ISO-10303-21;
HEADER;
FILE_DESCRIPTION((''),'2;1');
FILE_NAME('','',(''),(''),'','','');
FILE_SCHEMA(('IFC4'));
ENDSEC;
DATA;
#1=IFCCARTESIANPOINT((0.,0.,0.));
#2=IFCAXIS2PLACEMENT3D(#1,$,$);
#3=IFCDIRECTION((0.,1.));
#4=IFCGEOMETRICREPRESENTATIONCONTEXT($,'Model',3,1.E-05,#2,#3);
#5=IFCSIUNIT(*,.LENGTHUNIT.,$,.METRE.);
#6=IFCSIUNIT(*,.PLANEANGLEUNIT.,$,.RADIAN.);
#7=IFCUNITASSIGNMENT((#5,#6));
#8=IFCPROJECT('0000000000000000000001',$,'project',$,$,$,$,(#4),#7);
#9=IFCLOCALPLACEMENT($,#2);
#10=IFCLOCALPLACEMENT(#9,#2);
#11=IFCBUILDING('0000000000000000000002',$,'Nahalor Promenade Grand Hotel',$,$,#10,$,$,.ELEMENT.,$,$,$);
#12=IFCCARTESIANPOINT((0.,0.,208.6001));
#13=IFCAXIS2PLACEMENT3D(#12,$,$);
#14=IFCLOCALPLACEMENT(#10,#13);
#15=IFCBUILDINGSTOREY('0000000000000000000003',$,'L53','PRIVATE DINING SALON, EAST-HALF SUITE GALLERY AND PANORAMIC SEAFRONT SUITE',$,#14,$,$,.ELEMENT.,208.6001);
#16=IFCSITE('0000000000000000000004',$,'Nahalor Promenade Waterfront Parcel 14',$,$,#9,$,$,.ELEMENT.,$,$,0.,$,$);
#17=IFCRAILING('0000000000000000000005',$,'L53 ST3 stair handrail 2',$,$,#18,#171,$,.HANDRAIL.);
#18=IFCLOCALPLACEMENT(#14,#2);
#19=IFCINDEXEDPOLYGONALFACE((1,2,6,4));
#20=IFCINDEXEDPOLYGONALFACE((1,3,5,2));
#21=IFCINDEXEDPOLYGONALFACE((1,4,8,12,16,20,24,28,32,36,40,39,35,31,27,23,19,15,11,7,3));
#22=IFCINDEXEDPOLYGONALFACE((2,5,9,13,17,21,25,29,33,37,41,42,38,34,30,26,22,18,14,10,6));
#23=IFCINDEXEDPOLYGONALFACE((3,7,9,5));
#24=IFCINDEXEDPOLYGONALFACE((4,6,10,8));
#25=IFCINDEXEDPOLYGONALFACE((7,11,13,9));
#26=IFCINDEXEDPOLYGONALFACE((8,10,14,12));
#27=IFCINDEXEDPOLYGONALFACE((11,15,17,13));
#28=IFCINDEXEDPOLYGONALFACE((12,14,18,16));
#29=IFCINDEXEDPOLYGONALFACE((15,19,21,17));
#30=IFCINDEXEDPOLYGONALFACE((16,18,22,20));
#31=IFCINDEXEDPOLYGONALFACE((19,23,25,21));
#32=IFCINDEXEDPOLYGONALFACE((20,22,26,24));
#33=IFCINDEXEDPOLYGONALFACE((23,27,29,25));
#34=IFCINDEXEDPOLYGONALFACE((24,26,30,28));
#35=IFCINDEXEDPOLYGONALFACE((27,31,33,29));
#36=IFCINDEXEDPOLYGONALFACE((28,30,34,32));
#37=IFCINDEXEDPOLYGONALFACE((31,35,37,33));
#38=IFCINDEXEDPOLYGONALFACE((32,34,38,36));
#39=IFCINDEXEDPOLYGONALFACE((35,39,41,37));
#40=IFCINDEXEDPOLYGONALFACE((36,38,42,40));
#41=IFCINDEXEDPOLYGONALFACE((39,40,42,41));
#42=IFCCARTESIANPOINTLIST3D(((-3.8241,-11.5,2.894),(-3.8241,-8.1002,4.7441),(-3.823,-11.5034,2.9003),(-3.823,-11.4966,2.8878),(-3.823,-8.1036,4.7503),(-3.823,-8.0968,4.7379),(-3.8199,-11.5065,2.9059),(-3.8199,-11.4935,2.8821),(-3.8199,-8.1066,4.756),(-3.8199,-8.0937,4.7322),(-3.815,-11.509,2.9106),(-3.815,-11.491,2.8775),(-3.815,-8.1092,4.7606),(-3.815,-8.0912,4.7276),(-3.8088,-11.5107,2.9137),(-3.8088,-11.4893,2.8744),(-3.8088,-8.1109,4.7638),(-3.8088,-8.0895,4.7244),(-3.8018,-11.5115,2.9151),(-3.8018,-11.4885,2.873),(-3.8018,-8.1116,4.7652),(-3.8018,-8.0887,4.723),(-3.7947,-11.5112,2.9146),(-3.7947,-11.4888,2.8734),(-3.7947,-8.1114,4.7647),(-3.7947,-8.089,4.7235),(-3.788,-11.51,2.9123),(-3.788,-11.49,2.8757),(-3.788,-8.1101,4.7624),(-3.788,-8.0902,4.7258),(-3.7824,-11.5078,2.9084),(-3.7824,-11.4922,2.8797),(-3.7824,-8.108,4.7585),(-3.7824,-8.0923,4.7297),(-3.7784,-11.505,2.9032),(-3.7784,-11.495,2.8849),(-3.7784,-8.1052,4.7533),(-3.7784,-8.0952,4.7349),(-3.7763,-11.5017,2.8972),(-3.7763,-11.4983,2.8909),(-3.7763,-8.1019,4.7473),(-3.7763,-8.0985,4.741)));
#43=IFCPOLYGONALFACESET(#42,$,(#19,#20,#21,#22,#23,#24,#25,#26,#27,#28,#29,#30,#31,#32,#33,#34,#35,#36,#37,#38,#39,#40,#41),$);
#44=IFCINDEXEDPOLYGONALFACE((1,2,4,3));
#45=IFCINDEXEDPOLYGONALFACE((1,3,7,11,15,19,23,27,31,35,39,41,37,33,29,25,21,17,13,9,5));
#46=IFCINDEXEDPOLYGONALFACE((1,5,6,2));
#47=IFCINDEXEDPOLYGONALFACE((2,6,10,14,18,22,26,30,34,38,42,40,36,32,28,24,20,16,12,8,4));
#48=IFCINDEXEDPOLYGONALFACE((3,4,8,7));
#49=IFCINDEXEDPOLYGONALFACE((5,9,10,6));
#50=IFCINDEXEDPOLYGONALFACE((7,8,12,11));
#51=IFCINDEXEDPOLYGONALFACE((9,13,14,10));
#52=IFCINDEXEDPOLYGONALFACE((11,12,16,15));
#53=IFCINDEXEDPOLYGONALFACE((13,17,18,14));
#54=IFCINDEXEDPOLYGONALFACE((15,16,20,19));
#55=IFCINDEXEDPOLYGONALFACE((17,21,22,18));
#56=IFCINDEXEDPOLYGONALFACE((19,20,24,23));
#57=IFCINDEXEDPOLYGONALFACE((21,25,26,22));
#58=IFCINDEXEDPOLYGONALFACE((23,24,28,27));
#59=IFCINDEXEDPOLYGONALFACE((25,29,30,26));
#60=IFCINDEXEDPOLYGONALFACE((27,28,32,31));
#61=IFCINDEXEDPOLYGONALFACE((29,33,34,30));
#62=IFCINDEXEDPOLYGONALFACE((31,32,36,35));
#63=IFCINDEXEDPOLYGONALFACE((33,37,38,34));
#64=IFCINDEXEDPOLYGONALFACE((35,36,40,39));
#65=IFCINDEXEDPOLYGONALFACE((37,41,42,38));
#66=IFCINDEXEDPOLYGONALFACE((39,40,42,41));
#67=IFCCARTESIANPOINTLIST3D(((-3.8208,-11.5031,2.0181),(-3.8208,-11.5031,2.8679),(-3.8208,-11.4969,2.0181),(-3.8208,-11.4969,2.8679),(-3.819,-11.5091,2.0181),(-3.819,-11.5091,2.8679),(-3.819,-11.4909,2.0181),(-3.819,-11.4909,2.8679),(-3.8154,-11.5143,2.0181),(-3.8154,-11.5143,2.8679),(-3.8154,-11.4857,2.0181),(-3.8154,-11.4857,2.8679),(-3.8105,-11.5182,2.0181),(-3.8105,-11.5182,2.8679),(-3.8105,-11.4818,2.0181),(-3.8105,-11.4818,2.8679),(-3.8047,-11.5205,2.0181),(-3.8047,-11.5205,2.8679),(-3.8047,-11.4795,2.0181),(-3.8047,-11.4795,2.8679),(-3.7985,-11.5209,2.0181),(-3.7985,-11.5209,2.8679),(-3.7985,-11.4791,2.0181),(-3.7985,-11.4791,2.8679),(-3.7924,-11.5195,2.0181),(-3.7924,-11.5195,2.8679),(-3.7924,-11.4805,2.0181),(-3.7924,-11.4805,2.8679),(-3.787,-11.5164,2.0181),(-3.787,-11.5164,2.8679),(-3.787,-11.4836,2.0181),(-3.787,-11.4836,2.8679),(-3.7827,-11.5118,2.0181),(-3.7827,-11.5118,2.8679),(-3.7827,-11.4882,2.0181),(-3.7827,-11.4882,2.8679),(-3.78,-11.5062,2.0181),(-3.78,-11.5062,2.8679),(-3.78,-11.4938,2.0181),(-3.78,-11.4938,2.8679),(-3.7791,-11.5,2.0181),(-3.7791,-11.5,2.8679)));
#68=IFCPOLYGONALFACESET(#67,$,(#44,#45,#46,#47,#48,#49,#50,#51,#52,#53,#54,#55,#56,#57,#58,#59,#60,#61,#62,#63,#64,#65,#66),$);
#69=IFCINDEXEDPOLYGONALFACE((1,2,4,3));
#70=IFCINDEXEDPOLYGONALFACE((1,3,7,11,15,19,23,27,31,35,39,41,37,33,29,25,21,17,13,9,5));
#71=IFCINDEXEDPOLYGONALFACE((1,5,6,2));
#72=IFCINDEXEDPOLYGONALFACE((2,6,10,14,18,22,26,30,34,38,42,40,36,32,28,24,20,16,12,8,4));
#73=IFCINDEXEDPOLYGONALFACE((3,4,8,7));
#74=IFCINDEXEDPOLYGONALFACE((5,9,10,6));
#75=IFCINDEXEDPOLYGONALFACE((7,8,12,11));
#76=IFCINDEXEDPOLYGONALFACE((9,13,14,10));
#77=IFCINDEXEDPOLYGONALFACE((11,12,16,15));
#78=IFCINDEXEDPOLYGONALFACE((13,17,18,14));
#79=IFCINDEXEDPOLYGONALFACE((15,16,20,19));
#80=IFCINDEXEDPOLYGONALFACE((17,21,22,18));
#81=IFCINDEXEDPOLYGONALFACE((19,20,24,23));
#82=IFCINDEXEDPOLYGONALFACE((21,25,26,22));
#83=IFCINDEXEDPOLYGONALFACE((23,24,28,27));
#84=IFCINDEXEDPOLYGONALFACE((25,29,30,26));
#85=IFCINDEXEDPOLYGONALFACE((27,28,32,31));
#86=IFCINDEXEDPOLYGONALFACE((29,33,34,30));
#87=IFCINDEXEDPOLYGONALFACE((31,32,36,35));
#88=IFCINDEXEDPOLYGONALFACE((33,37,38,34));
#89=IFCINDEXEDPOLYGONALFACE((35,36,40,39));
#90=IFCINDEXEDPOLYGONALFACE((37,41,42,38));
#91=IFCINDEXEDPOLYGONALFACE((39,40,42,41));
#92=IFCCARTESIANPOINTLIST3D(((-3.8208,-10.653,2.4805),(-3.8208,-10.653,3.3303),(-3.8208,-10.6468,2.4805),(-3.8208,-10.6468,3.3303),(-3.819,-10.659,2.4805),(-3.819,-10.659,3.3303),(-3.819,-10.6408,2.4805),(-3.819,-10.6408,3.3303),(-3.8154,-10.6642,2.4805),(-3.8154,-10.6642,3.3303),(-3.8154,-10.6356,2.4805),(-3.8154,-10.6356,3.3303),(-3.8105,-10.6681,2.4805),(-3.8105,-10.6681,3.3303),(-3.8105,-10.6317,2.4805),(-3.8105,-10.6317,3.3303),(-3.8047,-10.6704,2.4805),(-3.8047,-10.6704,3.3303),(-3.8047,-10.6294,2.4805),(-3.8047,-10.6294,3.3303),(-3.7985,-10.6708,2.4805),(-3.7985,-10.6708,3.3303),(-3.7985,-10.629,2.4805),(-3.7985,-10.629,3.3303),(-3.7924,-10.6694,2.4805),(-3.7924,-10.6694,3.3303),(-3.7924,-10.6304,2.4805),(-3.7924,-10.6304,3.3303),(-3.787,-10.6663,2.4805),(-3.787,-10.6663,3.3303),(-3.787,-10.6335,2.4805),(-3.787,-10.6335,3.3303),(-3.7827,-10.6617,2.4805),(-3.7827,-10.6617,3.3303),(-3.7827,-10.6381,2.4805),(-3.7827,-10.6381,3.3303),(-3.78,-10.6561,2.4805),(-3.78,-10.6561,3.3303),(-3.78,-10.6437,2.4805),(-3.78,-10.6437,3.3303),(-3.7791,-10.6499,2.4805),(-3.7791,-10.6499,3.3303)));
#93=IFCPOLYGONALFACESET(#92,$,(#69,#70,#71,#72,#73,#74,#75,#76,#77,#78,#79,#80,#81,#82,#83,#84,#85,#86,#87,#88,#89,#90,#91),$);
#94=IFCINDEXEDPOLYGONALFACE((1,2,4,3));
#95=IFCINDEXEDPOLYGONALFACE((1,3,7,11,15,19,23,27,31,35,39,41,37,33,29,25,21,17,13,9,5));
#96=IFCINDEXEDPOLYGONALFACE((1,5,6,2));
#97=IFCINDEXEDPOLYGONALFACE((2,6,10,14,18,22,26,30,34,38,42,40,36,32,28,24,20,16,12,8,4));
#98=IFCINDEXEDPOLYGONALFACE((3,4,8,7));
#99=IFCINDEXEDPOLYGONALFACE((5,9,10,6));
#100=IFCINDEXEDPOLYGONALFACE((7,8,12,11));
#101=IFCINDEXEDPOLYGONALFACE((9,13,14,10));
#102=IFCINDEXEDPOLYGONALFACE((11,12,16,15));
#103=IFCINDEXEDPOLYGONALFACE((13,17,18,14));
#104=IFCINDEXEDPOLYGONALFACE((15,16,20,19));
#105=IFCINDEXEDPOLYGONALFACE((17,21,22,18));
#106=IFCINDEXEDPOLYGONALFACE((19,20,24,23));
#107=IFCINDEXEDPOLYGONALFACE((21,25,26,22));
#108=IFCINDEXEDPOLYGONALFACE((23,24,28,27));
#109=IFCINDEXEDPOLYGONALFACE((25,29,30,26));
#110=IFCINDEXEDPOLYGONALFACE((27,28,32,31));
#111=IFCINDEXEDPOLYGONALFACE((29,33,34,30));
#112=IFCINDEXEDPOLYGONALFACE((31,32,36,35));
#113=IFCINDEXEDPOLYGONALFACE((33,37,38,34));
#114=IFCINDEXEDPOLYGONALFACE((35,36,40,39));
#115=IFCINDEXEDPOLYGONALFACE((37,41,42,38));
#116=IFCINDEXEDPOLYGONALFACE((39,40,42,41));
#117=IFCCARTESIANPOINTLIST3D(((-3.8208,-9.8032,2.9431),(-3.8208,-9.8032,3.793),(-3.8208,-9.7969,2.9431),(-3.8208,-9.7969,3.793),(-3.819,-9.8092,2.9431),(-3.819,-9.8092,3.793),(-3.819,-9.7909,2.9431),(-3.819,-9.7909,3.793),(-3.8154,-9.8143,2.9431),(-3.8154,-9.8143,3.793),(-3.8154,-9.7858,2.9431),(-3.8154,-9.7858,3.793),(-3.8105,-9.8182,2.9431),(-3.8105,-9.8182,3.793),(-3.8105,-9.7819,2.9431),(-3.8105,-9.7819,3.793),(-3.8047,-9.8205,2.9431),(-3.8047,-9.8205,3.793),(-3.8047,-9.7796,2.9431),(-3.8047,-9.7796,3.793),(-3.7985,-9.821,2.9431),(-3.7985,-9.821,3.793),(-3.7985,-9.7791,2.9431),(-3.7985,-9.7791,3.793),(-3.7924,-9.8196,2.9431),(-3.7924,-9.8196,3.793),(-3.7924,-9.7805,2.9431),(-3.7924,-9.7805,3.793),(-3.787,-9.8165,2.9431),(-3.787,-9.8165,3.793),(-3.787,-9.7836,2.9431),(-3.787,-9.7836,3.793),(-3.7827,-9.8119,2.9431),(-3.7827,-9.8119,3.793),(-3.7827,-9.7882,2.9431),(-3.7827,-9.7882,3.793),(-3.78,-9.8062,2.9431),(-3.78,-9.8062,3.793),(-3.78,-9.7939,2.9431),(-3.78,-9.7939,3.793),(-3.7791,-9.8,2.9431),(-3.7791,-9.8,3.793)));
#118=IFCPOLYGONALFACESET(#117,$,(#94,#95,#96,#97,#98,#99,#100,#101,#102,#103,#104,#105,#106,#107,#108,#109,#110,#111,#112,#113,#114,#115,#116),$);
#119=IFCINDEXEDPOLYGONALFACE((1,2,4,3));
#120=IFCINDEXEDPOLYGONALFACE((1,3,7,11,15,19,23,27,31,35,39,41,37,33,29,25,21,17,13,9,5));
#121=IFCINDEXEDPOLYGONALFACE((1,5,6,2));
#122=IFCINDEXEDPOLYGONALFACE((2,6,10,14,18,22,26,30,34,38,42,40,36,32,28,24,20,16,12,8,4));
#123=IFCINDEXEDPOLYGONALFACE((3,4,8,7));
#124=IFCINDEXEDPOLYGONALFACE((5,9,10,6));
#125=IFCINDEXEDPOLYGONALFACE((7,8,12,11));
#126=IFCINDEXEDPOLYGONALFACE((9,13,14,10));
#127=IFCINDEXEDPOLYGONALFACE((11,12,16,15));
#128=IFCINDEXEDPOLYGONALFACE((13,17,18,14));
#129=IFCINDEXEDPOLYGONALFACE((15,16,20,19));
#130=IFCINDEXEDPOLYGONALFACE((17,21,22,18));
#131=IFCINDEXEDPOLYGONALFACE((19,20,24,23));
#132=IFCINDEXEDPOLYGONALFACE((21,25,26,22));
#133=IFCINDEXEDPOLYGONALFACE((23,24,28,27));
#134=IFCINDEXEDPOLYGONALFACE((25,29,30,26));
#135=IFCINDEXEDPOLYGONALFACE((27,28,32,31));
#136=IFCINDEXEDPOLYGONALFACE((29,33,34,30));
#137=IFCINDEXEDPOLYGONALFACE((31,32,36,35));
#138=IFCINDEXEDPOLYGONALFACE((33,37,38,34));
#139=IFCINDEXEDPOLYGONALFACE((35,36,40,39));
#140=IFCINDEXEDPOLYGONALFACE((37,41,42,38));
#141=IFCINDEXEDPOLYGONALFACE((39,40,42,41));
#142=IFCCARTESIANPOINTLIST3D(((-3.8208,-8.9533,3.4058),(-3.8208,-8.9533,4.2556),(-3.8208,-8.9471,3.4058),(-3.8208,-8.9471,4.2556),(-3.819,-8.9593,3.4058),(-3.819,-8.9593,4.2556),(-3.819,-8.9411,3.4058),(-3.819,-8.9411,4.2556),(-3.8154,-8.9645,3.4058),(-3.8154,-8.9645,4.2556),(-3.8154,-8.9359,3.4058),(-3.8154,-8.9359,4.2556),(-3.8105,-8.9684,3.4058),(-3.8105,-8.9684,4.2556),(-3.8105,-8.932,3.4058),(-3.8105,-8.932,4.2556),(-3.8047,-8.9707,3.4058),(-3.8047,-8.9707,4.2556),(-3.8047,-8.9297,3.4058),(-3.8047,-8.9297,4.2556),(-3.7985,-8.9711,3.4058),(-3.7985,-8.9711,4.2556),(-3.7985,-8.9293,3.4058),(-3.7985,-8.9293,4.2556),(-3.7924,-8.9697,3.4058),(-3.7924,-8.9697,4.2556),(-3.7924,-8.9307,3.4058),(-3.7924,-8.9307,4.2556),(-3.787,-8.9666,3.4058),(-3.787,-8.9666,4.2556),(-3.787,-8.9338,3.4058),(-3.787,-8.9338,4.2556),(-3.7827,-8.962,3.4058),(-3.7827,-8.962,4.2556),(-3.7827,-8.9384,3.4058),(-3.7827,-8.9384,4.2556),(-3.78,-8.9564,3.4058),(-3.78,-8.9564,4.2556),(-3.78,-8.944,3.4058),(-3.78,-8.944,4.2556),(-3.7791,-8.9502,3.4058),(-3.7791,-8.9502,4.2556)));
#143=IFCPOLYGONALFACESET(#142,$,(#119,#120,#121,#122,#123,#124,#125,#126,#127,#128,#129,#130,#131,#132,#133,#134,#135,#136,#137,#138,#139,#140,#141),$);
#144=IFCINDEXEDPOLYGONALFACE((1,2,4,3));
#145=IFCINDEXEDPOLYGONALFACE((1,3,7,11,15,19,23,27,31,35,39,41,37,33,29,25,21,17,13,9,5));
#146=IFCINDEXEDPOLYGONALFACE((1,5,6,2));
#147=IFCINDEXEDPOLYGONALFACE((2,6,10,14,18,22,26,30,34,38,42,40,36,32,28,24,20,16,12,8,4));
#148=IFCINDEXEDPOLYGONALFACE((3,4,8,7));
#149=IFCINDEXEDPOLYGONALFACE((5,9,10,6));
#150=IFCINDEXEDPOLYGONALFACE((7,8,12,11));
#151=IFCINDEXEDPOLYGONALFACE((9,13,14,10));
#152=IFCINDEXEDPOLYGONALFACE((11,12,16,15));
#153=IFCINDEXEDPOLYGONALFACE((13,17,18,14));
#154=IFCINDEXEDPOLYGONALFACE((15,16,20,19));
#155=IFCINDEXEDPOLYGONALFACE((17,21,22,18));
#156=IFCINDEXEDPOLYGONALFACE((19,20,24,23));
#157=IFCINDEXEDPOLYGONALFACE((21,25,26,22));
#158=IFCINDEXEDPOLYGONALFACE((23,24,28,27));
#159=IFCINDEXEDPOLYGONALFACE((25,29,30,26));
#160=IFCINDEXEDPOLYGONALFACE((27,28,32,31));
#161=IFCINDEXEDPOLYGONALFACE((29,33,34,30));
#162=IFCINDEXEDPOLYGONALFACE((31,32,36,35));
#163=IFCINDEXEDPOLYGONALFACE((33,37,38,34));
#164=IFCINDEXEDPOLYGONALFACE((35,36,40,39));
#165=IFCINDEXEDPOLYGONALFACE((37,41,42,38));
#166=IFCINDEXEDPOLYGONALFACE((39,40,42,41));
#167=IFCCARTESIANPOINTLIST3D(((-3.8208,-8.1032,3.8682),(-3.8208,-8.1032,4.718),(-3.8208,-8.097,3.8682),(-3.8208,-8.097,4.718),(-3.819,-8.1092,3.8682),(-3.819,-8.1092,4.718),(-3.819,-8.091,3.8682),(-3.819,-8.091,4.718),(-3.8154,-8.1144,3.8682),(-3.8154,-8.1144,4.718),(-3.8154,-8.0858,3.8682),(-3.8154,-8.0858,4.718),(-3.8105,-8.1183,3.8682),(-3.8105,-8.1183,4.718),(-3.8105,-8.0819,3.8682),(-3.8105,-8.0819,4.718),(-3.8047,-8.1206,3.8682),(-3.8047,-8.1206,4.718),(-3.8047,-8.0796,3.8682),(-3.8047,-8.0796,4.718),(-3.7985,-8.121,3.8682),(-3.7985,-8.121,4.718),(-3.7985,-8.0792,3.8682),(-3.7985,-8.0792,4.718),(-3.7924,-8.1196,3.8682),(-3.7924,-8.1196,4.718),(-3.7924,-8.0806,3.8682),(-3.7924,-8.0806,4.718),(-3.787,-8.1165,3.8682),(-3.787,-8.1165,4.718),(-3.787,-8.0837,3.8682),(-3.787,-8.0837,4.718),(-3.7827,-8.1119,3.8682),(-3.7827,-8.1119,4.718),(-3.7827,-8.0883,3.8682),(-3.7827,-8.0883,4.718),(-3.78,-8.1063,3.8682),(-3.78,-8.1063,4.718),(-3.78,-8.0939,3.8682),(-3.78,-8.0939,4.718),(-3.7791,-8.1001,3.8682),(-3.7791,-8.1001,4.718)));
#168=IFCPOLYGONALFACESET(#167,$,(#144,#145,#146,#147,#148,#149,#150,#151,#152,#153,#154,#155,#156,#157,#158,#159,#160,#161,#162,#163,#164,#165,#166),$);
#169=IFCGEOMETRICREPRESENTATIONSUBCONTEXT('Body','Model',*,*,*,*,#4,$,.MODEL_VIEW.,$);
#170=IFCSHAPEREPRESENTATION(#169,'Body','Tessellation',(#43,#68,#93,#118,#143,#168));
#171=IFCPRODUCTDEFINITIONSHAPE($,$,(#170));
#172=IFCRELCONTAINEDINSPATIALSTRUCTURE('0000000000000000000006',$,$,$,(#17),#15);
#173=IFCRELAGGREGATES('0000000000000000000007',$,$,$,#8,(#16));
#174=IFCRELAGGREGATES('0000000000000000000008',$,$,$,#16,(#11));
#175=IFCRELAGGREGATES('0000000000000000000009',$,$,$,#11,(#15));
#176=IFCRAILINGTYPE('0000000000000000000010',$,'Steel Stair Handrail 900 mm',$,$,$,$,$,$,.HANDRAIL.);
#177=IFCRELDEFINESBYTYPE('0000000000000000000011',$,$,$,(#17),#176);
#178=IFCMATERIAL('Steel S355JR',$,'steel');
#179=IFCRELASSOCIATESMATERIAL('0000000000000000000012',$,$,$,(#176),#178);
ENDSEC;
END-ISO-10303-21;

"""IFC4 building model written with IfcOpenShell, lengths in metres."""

from ifc_helpers import new_model, si_unit, direction, frame, origin, origin_2d, place, context, subcontext, project, spatial, circle, extrude, material, type_object, element, save


model = new_model("IFC4")

# Units and contexts
model_context = context("Model", 3, precision=1e-05, world=origin(), true_north=direction((0.0, 1.0)))
body_context = subcontext(model_context, "Body", "Model", "MODEL_VIEW")
ifc_project = project(units=[si_unit("LENGTHUNIT", "METRE"), si_unit("PLANEANGLEUNIT", "RADIAN")], contexts=[model_context])

# Site, building, storey
site_placement = place(None, origin())
site = spatial("IfcSite", under=ifc_project, at=site_placement, Name="Nahalor Promenade Waterfront Parcel 14", CompositionType="ELEMENT", RefElevation=0.0)
building_placement = place(site_placement, origin())
building = spatial("IfcBuilding", under=site, at=building_placement, Name="Nahalor Promenade Grand Hotel", CompositionType="ELEMENT")
storey_placement = place(building_placement, frame((0.0, 0.0, 208.6001)))
storey = spatial("IfcBuildingStorey", under=building, at=storey_placement, Name="L53", Description="PRIVATE DINING SALON, EAST-HALF SUITE GALLERY AND PANORAMIC SEAFRONT SUITE", CompositionType="ELEMENT", Elevation=208.6001)

# Shared definitions
ifc_material_1 = material(Name="Steel S355JR", Category="steel")

# Railing
railing_type_1 = type_object("IfcRailingType", Name="Steel Stair Handrail 900 mm", PredefinedType="HANDRAIL", material=ifc_material_1)
railing_1_placement = place(storey_placement, frame((-3.8, -11.5, 2.0181)))
element("IfcRailing", 1, at=railing_1_placement, inside=storey, type_object=railing_type_1, Name="L53 ST3 stair handrail 2", PredefinedType="HANDRAIL", context=body_context, shape_type="SweptSolid", body=[
    extrude(circle(Radius=0.024, at=origin_2d()), frame((0.0, 0.0, 0.876), z_axis=(0.0, 0.878372, 0.477977), x_axis=(-1.0, 0.0, 0.0)), (0.0, 0.0, 1.0), 3.8706),
    extrude(circle(Radius=0.021, at=origin_2d()), origin(), (0.0, 0.0, 1.0), 0.8499),
    extrude(circle(Radius=0.021, at=origin_2d()), frame((0.0, 0.8501, 0.4624)), (0.0, 0.0, 1.0), 0.8499),
    extrude(circle(Radius=0.021, at=origin_2d()), frame((0.0, 1.7, 0.925)), (0.0, 0.0, 1.0), 0.8499),
    extrude(circle(Radius=0.021, at=origin_2d()), frame((0.0, 2.5498, 1.3877)), (0.0, 0.0, 1.0), 0.8499),
    extrude(circle(Radius=0.021, at=origin_2d()), frame((0.0, 3.3999, 1.8501)), (0.0, 0.0, 1.0), 0.8499),
])

save(model, "model.ifc")
